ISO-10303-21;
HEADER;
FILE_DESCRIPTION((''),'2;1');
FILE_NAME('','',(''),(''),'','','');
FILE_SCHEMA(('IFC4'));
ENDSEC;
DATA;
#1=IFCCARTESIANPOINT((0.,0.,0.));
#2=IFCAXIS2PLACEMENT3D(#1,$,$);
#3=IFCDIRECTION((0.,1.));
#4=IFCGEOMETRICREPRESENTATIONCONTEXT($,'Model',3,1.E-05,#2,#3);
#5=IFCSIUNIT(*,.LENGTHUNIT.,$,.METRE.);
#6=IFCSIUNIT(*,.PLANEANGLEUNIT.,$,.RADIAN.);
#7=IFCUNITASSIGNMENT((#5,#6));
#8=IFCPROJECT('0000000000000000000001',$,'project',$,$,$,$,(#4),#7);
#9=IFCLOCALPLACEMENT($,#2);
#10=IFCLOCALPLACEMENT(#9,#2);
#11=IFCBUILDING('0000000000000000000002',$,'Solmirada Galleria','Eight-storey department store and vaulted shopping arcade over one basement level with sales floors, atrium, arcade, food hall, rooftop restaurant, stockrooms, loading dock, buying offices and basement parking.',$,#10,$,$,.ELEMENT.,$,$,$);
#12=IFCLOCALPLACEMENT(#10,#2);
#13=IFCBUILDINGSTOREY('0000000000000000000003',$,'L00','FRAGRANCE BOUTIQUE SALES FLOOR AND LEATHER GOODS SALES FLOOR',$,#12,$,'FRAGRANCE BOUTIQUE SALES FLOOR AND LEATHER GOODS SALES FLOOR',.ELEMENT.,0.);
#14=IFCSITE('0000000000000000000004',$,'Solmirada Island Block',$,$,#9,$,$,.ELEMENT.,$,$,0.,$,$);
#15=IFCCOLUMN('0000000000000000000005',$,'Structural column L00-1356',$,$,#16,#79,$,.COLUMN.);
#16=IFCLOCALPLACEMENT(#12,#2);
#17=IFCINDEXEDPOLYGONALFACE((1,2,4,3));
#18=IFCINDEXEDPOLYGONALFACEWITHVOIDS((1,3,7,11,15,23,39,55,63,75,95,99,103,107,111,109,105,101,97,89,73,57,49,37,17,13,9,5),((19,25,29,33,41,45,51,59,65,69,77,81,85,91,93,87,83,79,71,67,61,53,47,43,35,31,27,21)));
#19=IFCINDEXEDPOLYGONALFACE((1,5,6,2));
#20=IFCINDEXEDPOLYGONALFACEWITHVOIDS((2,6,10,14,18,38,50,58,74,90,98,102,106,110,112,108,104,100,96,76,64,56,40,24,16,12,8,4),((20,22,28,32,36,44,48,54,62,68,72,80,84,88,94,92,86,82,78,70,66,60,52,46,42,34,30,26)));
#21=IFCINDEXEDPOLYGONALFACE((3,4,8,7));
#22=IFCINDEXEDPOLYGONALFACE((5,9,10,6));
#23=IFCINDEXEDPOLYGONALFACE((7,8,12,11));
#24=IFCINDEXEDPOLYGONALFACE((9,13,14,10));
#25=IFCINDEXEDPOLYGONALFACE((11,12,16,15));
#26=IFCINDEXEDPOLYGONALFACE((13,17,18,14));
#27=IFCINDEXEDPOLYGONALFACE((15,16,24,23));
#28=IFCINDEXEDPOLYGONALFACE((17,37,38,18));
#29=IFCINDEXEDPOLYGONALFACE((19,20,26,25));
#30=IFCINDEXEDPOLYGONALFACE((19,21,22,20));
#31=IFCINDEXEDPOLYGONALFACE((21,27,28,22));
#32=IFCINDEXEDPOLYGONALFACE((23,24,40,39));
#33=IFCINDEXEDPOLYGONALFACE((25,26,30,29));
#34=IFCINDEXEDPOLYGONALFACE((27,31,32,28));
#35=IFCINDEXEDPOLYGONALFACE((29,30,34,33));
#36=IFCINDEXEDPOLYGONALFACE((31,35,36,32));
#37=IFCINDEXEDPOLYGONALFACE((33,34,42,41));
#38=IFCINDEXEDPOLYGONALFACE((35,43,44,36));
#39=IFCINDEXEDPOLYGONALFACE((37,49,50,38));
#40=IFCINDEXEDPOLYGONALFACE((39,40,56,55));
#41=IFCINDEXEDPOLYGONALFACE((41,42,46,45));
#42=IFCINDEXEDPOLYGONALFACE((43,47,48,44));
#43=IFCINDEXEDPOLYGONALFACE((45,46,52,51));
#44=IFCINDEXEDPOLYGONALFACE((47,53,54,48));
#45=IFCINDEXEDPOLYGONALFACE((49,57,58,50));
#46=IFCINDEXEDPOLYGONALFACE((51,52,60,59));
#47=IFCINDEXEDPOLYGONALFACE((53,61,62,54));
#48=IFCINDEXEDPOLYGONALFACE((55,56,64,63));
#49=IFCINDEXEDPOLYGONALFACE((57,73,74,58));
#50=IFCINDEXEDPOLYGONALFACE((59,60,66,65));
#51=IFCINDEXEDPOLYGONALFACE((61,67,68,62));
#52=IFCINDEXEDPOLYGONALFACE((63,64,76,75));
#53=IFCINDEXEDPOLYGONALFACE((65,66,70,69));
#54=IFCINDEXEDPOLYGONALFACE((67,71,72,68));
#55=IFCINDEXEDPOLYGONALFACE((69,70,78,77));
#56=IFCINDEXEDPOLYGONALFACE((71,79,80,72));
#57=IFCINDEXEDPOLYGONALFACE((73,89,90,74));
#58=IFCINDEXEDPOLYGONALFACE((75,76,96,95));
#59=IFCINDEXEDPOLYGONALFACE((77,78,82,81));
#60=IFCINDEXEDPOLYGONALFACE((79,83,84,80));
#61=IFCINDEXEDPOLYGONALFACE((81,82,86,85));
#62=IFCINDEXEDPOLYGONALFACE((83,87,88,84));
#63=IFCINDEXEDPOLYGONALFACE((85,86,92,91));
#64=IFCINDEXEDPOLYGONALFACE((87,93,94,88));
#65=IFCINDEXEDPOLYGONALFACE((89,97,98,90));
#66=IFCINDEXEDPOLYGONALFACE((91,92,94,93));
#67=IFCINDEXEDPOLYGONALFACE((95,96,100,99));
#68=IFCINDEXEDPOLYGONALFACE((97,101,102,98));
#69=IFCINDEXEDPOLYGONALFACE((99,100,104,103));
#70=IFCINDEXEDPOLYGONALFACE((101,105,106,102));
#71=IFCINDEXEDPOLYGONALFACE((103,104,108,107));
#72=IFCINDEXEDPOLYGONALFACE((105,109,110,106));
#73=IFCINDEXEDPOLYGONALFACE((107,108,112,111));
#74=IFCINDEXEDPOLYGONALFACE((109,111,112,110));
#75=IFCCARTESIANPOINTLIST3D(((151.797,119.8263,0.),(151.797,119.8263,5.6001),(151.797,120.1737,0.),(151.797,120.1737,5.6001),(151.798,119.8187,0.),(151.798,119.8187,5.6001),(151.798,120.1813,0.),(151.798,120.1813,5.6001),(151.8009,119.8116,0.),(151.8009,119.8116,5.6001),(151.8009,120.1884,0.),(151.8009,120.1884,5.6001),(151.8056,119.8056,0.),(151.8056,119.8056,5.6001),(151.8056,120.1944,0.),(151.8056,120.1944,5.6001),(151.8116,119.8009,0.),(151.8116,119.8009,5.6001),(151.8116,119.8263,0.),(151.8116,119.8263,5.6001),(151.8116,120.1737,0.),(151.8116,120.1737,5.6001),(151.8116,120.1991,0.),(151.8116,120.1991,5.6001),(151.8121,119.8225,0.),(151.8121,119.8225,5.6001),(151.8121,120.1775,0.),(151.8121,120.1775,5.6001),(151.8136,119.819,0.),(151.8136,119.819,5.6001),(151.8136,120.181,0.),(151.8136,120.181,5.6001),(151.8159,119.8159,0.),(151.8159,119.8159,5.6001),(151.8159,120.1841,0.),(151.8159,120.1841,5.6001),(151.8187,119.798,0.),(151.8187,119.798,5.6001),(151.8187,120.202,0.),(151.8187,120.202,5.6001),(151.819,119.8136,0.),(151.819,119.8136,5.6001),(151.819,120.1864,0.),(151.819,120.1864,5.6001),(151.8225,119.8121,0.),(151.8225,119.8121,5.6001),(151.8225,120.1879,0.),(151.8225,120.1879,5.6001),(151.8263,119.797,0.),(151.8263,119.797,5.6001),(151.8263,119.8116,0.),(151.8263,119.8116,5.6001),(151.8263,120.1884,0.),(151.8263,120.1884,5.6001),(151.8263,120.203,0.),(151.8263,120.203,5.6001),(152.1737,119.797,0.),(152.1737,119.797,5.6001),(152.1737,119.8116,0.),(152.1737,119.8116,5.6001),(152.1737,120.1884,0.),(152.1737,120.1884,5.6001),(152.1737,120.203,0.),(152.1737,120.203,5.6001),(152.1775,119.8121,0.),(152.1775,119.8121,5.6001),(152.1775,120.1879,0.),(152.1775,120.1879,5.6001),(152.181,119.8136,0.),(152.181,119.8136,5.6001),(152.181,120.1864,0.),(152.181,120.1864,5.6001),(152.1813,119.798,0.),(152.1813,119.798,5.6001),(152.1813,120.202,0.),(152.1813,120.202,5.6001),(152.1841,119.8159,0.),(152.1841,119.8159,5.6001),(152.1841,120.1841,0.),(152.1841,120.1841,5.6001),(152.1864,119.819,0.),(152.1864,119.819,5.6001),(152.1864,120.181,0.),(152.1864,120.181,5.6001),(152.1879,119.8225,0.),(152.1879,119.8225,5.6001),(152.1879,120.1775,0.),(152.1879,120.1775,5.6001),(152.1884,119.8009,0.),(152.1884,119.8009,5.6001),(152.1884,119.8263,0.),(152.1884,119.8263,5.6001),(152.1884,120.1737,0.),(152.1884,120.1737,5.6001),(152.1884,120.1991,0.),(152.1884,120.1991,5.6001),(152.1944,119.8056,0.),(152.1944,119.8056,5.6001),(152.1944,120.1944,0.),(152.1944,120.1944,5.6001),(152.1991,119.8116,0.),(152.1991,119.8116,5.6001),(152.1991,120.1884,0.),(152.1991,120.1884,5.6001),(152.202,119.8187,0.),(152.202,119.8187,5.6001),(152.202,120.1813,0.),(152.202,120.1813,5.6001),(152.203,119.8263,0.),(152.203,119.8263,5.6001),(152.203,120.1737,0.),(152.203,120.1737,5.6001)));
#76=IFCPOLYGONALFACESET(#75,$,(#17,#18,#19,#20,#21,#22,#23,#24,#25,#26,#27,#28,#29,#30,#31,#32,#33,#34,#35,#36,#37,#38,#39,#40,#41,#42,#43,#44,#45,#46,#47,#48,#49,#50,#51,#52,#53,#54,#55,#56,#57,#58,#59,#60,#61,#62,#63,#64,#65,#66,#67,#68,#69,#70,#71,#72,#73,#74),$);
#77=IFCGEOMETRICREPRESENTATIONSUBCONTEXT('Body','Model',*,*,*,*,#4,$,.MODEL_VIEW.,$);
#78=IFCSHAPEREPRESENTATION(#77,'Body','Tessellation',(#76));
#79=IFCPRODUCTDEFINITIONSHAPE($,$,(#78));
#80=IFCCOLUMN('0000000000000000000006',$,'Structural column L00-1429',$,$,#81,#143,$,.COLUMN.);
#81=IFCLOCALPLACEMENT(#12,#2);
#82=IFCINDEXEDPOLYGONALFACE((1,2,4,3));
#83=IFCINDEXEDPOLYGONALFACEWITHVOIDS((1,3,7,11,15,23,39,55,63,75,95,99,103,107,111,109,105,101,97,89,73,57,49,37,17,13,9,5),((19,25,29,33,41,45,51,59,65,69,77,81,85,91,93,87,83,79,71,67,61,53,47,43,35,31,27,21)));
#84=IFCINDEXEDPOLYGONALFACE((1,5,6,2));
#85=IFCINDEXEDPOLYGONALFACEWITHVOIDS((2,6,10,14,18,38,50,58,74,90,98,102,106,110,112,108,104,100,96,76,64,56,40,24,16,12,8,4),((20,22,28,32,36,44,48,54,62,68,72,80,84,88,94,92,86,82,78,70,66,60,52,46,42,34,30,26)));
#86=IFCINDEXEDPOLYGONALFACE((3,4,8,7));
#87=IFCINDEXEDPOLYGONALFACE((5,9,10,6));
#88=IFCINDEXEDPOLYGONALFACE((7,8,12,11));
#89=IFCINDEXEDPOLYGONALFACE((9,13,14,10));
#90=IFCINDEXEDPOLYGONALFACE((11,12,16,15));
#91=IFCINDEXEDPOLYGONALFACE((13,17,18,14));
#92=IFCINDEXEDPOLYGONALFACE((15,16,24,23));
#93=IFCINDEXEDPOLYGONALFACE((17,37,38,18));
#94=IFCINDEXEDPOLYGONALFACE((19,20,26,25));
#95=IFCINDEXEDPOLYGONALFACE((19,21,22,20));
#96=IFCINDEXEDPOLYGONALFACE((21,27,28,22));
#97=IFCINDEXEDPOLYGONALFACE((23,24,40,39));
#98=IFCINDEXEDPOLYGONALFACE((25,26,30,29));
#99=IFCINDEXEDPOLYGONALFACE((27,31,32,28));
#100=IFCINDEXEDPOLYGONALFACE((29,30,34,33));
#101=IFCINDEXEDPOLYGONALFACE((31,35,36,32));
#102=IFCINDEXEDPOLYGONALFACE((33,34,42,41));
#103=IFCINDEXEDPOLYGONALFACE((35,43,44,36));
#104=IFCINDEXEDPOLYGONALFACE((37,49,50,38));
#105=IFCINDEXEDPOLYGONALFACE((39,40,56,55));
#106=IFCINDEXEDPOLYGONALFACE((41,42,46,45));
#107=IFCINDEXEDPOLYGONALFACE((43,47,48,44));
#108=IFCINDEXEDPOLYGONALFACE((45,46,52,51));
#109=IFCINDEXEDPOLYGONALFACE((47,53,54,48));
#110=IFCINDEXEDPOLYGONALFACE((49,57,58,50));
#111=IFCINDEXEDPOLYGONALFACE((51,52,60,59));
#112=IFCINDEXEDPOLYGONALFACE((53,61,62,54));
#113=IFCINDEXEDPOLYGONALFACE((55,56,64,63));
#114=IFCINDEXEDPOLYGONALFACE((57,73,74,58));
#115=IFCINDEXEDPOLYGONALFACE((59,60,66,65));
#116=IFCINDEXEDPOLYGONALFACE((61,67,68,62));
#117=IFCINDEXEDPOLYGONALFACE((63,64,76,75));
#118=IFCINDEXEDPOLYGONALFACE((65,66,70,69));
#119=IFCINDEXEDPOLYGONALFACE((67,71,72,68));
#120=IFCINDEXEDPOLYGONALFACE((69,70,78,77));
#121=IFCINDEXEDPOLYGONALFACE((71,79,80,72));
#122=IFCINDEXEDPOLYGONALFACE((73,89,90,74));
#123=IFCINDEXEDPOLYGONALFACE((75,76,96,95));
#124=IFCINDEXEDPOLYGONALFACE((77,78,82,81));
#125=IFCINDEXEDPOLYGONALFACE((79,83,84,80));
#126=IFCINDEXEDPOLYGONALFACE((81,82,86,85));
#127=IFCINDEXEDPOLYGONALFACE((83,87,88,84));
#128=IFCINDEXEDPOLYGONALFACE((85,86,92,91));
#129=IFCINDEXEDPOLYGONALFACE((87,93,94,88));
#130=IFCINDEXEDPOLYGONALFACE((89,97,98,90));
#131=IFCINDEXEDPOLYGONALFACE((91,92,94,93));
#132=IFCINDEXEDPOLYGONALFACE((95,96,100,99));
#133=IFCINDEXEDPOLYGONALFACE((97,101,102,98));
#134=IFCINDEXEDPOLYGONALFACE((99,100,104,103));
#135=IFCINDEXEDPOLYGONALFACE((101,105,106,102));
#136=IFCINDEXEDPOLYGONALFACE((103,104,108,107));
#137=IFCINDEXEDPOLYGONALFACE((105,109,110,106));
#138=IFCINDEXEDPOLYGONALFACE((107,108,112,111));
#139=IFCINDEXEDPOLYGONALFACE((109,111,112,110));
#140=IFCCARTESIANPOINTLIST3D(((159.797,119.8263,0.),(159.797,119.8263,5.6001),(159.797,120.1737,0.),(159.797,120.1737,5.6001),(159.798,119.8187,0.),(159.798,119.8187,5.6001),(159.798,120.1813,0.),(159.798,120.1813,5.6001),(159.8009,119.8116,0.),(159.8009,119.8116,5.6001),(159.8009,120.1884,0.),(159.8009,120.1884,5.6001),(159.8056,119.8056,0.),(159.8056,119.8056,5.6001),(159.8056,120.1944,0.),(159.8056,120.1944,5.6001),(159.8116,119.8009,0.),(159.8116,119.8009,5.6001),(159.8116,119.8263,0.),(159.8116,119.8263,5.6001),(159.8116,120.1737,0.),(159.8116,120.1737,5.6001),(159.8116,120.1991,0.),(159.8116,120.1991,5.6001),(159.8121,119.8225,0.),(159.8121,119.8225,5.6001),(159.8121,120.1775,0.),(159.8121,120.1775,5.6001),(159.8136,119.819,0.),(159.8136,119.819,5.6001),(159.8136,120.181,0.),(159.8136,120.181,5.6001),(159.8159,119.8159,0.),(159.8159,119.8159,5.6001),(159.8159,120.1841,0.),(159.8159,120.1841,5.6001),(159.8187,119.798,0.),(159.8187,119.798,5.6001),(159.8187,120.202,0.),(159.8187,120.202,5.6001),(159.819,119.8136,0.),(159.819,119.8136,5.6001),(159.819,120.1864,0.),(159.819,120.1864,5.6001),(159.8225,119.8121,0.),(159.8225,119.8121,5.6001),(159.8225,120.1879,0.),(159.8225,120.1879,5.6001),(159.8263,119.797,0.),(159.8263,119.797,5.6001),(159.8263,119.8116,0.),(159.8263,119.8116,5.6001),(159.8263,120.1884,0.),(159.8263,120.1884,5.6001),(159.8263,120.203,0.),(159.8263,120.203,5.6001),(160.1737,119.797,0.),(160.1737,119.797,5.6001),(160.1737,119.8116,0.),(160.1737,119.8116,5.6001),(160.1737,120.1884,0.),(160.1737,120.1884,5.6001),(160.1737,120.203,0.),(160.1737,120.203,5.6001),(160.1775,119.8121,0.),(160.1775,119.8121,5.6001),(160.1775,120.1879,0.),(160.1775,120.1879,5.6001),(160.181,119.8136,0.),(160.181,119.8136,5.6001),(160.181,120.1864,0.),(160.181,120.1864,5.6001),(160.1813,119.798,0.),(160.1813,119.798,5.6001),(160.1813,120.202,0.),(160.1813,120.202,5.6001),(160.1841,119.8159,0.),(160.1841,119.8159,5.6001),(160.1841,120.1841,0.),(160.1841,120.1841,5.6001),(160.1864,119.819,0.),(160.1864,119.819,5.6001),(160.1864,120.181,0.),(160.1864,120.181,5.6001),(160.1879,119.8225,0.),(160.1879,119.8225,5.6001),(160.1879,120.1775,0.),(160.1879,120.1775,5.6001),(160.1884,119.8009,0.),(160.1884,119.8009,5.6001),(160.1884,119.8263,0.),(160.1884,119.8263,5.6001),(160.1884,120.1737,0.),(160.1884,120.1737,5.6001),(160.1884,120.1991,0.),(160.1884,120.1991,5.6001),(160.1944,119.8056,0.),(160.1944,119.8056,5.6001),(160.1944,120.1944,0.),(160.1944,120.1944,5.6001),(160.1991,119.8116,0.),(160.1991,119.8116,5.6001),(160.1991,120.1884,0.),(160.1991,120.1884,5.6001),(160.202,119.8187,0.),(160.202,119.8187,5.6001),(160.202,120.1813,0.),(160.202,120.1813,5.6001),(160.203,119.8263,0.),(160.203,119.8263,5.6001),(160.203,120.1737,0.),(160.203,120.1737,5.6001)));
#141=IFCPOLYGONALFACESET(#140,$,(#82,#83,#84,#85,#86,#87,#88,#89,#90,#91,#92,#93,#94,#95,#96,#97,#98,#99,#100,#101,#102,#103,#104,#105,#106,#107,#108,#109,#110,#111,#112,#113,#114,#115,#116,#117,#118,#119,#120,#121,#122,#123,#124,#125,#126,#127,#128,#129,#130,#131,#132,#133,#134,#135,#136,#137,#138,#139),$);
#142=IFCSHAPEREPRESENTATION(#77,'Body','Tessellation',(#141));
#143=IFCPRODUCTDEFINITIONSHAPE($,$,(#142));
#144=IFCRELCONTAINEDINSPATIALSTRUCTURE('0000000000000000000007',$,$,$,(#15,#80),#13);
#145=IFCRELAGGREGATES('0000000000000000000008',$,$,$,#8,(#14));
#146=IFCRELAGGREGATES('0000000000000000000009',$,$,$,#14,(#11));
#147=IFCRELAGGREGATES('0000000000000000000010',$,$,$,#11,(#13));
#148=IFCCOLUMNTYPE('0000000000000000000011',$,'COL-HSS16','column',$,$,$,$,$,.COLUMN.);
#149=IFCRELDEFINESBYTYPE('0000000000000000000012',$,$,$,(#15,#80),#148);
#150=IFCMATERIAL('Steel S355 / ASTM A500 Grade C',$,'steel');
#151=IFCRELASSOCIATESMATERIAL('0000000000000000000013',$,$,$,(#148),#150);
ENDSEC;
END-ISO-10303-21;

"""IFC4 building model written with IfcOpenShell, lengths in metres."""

from ifc_helpers import new_model, si_unit, direction, frame, origin, origin_2d, place, context, subcontext, project, spatial, hollow_rectangle, extrude, material, material_profile, profile_set, type_object, element, save


model = new_model("IFC4")

# Units and contexts
model_context = context("Model", 3, precision=1e-05, world=origin(), true_north=direction((0.0, 1.0)))
body_context = subcontext(model_context, "Body", "Model", "MODEL_VIEW")
ifc_project = project(units=[si_unit("LENGTHUNIT", "METRE"), si_unit("PLANEANGLEUNIT", "RADIAN")], contexts=[model_context])

# Site, building, storey
site_placement = place(None, origin())
site = spatial("IfcSite", under=ifc_project, at=site_placement, Name="Solmirada Island Block", CompositionType="ELEMENT", RefElevation=0.0)
building_placement = place(site_placement, origin())
building = spatial("IfcBuilding", under=site, at=building_placement, Name="Solmirada Galleria", Description="Eight-storey department store and vaulted shopping arcade over one basement level with sales floors, atrium, arcade, food hall, rooftop restaurant, stockrooms, loading dock, buying offices and basement parking.", CompositionType="ELEMENT")
storey_placement = place(building_placement, origin())
storey = spatial("IfcBuildingStorey", under=building, at=storey_placement, Name="L00", Description="FRAGRANCE BOUTIQUE SALES FLOOR AND LEATHER GOODS SALES FLOOR", LongName="FRAGRANCE BOUTIQUE SALES FLOOR AND LEATHER GOODS SALES FLOOR", CompositionType="ELEMENT", Elevation=0.0)

# Columns
ifc_material_1 = material(Name="Steel S355 / ASTM A500 Grade C", Category="steel")
ifc_material_profile_1 = material_profile(ifc_material_1, hollow_rectangle(XDim=0.406, YDim=0.406, WallThickness=0.0146, InnerFilletRadius=0.0146, OuterFilletRadius=0.0293, at=origin_2d()), Name="HSS16X16X5/8")
ifc_profile_set_1 = profile_set([ifc_material_profile_1], Name="Steel S355 / ASTM A500 Grade C")
column_type = type_object("IfcColumnType", Name="COL-HSS16", Description="column", PredefinedType="COLUMN", material=ifc_profile_set_1)
for number, where, z_axis, x_axis, name in (
    (1, (152.0, 120.0, 0.0), (0.0, 0.0, 1.0), (1.0, 0.0, 0.0), "Structural column L00-1356"),
    (2, (160.0, 120.0, 0.0), (0.0, 0.0, 1.0), (1.0, 0.0, 0.0), "Structural column L00-1429"),
):
    element("IfcColumn", number, at=place(storey_placement, frame(where, z_axis=z_axis, x_axis=x_axis)), inside=storey, type_object=column_type, Name=name, PredefinedType="COLUMN", context=body_context, shape_type="SweptSolid", body=[
        extrude(hollow_rectangle(XDim=0.406, YDim=0.406, WallThickness=0.0146, InnerFilletRadius=0.0146, OuterFilletRadius=0.0293, at=origin_2d()), origin(), (0.0, 0.0, 1.0), 5.6001),
    ])

save(model, "model.ifc")
